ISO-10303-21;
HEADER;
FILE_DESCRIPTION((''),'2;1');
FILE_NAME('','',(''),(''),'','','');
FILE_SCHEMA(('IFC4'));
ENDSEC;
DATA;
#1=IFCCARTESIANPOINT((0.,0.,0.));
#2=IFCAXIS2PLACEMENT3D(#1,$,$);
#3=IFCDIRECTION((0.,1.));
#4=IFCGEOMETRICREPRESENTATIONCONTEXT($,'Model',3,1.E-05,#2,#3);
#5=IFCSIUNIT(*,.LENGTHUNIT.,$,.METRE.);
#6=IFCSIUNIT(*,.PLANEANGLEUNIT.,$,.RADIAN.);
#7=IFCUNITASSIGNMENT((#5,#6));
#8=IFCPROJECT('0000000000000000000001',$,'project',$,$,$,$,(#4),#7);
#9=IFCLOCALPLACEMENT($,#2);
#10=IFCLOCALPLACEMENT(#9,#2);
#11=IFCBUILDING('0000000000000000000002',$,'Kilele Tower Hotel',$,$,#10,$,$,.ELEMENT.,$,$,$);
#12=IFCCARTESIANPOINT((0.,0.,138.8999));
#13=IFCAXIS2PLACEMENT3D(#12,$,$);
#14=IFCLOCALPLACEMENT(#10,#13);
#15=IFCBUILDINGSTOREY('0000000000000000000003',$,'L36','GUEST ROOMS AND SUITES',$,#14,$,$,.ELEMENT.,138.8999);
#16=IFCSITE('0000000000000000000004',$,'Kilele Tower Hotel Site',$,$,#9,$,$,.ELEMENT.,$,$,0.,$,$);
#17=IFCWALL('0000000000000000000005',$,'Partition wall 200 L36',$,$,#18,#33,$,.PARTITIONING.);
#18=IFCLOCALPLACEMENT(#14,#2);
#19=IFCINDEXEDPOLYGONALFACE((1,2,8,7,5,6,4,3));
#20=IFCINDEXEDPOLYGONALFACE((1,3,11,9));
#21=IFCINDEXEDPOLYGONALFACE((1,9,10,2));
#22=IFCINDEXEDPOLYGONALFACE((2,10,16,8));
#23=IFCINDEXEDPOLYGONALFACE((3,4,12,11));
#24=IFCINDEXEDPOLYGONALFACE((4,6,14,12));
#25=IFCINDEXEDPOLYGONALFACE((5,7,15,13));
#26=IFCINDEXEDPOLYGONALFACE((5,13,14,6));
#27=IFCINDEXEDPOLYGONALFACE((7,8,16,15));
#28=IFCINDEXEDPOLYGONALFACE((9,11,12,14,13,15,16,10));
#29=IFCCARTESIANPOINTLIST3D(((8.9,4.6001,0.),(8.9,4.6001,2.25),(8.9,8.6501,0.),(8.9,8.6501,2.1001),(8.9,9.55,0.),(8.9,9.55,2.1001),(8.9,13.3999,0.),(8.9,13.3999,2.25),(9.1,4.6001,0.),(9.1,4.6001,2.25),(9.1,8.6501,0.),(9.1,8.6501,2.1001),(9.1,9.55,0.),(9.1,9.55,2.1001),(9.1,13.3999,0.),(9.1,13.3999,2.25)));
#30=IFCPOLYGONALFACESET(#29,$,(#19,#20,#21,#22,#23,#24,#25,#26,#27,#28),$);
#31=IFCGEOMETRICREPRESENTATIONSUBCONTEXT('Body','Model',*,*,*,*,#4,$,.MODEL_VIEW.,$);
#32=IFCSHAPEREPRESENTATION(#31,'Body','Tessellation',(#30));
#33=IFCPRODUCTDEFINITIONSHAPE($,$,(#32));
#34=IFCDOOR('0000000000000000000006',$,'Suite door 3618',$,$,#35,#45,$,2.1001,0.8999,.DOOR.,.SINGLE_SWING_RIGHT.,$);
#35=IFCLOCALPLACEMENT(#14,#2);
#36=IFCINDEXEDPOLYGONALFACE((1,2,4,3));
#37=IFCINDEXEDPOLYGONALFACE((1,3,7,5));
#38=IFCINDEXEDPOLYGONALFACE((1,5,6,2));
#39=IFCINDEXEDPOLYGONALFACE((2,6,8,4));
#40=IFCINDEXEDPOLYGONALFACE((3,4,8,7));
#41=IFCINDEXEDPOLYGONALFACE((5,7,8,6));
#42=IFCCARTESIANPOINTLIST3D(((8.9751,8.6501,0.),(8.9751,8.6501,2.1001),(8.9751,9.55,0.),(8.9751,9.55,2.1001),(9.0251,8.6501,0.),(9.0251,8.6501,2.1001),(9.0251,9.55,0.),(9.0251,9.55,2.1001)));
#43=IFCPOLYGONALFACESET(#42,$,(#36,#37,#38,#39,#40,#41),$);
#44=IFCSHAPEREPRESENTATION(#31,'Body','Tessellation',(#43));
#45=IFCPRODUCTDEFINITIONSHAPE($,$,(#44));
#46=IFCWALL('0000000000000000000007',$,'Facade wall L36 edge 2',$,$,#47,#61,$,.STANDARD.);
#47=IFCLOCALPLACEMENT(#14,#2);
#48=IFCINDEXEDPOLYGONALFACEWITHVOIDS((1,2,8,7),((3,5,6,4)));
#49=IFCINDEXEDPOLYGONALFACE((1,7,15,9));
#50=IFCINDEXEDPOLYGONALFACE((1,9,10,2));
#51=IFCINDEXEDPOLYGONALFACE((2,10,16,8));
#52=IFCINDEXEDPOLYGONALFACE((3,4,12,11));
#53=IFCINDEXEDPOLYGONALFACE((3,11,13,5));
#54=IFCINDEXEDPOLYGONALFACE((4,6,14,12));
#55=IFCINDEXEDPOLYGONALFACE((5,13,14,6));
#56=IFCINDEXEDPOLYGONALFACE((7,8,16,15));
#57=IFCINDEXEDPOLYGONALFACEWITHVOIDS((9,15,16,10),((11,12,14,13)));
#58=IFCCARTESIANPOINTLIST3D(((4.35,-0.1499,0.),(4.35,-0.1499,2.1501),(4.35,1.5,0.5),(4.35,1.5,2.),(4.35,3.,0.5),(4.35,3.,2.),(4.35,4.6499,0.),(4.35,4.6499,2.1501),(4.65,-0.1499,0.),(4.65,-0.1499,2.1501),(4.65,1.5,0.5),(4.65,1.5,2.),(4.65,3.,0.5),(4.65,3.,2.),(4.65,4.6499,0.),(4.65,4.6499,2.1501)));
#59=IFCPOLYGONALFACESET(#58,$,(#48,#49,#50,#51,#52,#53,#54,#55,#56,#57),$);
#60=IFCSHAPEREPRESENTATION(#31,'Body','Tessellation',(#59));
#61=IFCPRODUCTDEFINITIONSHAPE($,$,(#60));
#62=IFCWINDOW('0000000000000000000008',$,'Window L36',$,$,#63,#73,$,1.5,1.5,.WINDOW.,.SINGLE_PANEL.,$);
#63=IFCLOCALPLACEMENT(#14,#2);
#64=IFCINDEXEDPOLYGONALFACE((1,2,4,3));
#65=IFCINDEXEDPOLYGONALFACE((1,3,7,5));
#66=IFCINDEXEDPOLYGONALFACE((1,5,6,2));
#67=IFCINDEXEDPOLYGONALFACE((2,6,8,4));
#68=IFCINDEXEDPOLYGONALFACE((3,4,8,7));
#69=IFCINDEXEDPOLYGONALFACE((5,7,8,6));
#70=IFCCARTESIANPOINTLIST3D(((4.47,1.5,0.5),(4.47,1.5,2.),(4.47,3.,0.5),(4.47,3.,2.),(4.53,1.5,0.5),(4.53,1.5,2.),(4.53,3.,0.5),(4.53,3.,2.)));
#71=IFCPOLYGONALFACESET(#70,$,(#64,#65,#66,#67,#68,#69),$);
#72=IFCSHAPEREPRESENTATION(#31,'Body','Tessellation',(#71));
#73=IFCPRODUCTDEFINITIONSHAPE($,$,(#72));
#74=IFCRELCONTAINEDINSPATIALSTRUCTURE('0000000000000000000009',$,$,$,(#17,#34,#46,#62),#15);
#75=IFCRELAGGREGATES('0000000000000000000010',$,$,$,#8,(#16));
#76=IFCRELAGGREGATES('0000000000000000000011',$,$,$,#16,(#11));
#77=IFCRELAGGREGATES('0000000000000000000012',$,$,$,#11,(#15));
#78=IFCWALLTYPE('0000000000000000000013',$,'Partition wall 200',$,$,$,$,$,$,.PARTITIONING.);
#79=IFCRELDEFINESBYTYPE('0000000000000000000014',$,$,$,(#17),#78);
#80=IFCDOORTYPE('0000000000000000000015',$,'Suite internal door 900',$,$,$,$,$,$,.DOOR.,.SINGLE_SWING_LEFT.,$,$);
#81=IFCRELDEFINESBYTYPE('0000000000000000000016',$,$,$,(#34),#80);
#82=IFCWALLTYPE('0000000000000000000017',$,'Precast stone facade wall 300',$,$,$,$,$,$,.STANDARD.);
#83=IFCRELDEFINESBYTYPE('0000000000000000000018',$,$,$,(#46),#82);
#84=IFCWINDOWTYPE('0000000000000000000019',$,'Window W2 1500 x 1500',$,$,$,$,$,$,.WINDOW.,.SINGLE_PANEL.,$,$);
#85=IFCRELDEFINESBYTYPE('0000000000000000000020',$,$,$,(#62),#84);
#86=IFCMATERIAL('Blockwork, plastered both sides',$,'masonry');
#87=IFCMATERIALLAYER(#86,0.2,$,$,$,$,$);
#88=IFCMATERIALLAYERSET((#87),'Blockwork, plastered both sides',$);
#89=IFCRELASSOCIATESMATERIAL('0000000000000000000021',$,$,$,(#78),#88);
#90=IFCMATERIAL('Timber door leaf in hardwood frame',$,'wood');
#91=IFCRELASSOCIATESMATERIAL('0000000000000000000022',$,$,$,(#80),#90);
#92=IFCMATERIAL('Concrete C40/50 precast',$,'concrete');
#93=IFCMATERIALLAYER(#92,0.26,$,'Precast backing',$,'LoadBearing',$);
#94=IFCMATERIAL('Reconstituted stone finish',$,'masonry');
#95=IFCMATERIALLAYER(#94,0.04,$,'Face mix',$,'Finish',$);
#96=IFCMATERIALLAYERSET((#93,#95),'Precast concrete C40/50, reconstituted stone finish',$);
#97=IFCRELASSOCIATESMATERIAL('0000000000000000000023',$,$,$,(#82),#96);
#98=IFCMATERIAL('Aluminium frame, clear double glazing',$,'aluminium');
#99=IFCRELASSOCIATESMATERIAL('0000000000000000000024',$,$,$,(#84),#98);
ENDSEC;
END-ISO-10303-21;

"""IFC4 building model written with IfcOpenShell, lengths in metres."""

from ifc_helpers import new_model, si_unit, direction, frame, frame_2d, origin, place, context, subcontext, project, spatial, rectangle, extrude, material, layer, layer_set, type_object, element, fill, save


model = new_model("IFC4")

# Units and contexts
model_context = context("Model", 3, precision=1e-05, world=origin(), true_north=direction((0.0, 1.0)))
body_context = subcontext(model_context, "Body", "Model", "MODEL_VIEW")
ifc_project = project(units=[si_unit("LENGTHUNIT", "METRE"), si_unit("PLANEANGLEUNIT", "RADIAN")], contexts=[model_context])

# Site, building, storey
site_placement = place(None, origin())
site = spatial("IfcSite", under=ifc_project, at=site_placement, Name="Kilele Tower Hotel Site", CompositionType="ELEMENT", RefElevation=0.0)
building_placement = place(site_placement, origin())
building = spatial("IfcBuilding", under=site, at=building_placement, Name="Kilele Tower Hotel", CompositionType="ELEMENT")
storey_placement = place(building_placement, frame((0.0, 0.0, 138.8999)))
storey = spatial("IfcBuildingStorey", under=building, at=storey_placement, Name="L36", Description="GUEST ROOMS AND SUITES", CompositionType="ELEMENT", Elevation=138.8999)

# Wall, opening, door
ifc_material_1 = material(Name="Blockwork, plastered both sides", Category="masonry")
ifc_layer_1 = layer(ifc_material_1, 0.2)
ifc_layer_set_1 = layer_set([ifc_layer_1], Name="Blockwork, plastered both sides")
wall_type_1 = type_object("IfcWallType", Name="Partition wall 200", PredefinedType="PARTITIONING", material=ifc_layer_set_1)
wall_1_placement = place(storey_placement, frame((9.0, 4.6001, 0.0), z_axis=(0.0, 0.0, 1.0), x_axis=(0.0, 1.0, 0.0)))
wall_1 = element("IfcWall", 1, at=wall_1_placement, inside=storey, type_object=wall_type_1, Name="Partition wall 200 L36", PredefinedType="PARTITIONING", context=body_context, shape_type="SweptSolid", body=[
    extrude(rectangle(XDim=8.7998, YDim=0.2, at=frame_2d((4.3999, 0.0))), origin(), (0.0, 0.0, 1.0), 2.25),
])
opening_1_placement = place(wall_1_placement, frame((4.05, 0.0, 0.0)))
opening_1 = element("IfcOpeningElement", 2, at=opening_1_placement, cuts=wall_1, PredefinedType="OPENING", context=body_context, shape_type="SweptSolid", body=[
    extrude(rectangle(XDim=0.8999, YDim=2.1001, at=frame_2d((0.45, 1.05))), frame((0.0, 0.1099, 0.0), z_axis=(0.0, -1.0, 0.0), x_axis=(1.0, 0.0, 0.0)), (0.0, 0.0, 1.0), 0.22),
])
ifc_material_2 = material(Name="Timber door leaf in hardwood frame", Category="wood")
door_type = type_object("IfcDoorType", Name="Suite internal door 900", OperationType="SINGLE_SWING_LEFT", PredefinedType="DOOR", material=ifc_material_2)
door_placement = place(opening_1_placement, origin())
door = element("IfcDoor", 3, at=door_placement, inside=storey, type_object=door_type, Name="Suite door 3618", OperationType="SINGLE_SWING_RIGHT", OverallHeight=2.1001, OverallWidth=0.8999, PredefinedType="DOOR", context=body_context, shape_type="SweptSolid", body=[
    extrude(rectangle(XDim=0.8999, YDim=2.1001, at=frame_2d((0.45, 1.05))), frame((0.0, 0.0249, 0.0), z_axis=(0.0, -1.0, 0.0), x_axis=(1.0, 0.0, 0.0)), (0.0, 0.0, 1.0), 0.05),
])
fill(opening_1, door)

# Wall, opening, window
ifc_material_3 = material(Name="Concrete C40/50 precast", Category="concrete")
ifc_layer_2 = layer(ifc_material_3, 0.26, Name="Precast backing", Category="LoadBearing")
ifc_material_4 = material(Name="Reconstituted stone finish", Category="masonry")
ifc_layer_3 = layer(ifc_material_4, 0.04, Name="Face mix", Category="Finish")
ifc_layer_set_2 = layer_set([ifc_layer_2, ifc_layer_3], Name="Precast concrete C40/50, reconstituted stone finish")
wall_type_2 = type_object("IfcWallType", Name="Precast stone facade wall 300", PredefinedType="STANDARD", material=ifc_layer_set_2)
wall_2_placement = place(storey_placement, frame((4.5, 4.6499, 0.0), z_axis=(0.0, 0.0, 1.0), x_axis=(0.0, -1.0, 0.0)))
wall_2 = element("IfcWall", 4, at=wall_2_placement, inside=storey, type_object=wall_type_2, Name="Facade wall L36 edge 2", PredefinedType="STANDARD", context=body_context, shape_type="SweptSolid", body=[
    extrude(rectangle(XDim=4.7998, YDim=0.3, at=frame_2d((2.3999, 0.0))), origin(), (0.0, 0.0, 1.0), 2.1501),
])
opening_2_placement = place(wall_2_placement, frame((1.6499, 0.0, 0.5)))
opening_2 = element("IfcOpeningElement", 5, at=opening_2_placement, cuts=wall_2, PredefinedType="OPENING", context=body_context, shape_type="SweptSolid", body=[
    extrude(rectangle(XDim=1.5, YDim=1.5, at=frame_2d((0.75, 0.75))), frame((0.0, 0.1599, 0.0), z_axis=(0.0, -1.0, 0.0), x_axis=(1.0, 0.0, 0.0)), (0.0, 0.0, 1.0), 0.3201),
])
ifc_material_5 = material(Name="Aluminium frame, clear double glazing", Category="aluminium")
window_type = type_object("IfcWindowType", Name="Window W2 1500 x 1500", PartitioningType="SINGLE_PANEL", PredefinedType="WINDOW", material=ifc_material_5)
window_placement = place(opening_2_placement, origin())
window = element("IfcWindow", 6, at=window_placement, inside=storey, type_object=window_type, Name="Window L36", OverallHeight=1.5, OverallWidth=1.5, PartitioningType="SINGLE_PANEL", PredefinedType="WINDOW", context=body_context, shape_type="SweptSolid", body=[
    extrude(rectangle(XDim=1.5, YDim=1.5, at=frame_2d((0.75, 0.75))), frame((0.0, 0.03, 0.0), z_axis=(0.0, -1.0, 0.0), x_axis=(1.0, 0.0, 0.0)), (0.0, 0.0, 1.0), 0.0601),
])
fill(opening_2, window)

save(model, "model.ifc")
